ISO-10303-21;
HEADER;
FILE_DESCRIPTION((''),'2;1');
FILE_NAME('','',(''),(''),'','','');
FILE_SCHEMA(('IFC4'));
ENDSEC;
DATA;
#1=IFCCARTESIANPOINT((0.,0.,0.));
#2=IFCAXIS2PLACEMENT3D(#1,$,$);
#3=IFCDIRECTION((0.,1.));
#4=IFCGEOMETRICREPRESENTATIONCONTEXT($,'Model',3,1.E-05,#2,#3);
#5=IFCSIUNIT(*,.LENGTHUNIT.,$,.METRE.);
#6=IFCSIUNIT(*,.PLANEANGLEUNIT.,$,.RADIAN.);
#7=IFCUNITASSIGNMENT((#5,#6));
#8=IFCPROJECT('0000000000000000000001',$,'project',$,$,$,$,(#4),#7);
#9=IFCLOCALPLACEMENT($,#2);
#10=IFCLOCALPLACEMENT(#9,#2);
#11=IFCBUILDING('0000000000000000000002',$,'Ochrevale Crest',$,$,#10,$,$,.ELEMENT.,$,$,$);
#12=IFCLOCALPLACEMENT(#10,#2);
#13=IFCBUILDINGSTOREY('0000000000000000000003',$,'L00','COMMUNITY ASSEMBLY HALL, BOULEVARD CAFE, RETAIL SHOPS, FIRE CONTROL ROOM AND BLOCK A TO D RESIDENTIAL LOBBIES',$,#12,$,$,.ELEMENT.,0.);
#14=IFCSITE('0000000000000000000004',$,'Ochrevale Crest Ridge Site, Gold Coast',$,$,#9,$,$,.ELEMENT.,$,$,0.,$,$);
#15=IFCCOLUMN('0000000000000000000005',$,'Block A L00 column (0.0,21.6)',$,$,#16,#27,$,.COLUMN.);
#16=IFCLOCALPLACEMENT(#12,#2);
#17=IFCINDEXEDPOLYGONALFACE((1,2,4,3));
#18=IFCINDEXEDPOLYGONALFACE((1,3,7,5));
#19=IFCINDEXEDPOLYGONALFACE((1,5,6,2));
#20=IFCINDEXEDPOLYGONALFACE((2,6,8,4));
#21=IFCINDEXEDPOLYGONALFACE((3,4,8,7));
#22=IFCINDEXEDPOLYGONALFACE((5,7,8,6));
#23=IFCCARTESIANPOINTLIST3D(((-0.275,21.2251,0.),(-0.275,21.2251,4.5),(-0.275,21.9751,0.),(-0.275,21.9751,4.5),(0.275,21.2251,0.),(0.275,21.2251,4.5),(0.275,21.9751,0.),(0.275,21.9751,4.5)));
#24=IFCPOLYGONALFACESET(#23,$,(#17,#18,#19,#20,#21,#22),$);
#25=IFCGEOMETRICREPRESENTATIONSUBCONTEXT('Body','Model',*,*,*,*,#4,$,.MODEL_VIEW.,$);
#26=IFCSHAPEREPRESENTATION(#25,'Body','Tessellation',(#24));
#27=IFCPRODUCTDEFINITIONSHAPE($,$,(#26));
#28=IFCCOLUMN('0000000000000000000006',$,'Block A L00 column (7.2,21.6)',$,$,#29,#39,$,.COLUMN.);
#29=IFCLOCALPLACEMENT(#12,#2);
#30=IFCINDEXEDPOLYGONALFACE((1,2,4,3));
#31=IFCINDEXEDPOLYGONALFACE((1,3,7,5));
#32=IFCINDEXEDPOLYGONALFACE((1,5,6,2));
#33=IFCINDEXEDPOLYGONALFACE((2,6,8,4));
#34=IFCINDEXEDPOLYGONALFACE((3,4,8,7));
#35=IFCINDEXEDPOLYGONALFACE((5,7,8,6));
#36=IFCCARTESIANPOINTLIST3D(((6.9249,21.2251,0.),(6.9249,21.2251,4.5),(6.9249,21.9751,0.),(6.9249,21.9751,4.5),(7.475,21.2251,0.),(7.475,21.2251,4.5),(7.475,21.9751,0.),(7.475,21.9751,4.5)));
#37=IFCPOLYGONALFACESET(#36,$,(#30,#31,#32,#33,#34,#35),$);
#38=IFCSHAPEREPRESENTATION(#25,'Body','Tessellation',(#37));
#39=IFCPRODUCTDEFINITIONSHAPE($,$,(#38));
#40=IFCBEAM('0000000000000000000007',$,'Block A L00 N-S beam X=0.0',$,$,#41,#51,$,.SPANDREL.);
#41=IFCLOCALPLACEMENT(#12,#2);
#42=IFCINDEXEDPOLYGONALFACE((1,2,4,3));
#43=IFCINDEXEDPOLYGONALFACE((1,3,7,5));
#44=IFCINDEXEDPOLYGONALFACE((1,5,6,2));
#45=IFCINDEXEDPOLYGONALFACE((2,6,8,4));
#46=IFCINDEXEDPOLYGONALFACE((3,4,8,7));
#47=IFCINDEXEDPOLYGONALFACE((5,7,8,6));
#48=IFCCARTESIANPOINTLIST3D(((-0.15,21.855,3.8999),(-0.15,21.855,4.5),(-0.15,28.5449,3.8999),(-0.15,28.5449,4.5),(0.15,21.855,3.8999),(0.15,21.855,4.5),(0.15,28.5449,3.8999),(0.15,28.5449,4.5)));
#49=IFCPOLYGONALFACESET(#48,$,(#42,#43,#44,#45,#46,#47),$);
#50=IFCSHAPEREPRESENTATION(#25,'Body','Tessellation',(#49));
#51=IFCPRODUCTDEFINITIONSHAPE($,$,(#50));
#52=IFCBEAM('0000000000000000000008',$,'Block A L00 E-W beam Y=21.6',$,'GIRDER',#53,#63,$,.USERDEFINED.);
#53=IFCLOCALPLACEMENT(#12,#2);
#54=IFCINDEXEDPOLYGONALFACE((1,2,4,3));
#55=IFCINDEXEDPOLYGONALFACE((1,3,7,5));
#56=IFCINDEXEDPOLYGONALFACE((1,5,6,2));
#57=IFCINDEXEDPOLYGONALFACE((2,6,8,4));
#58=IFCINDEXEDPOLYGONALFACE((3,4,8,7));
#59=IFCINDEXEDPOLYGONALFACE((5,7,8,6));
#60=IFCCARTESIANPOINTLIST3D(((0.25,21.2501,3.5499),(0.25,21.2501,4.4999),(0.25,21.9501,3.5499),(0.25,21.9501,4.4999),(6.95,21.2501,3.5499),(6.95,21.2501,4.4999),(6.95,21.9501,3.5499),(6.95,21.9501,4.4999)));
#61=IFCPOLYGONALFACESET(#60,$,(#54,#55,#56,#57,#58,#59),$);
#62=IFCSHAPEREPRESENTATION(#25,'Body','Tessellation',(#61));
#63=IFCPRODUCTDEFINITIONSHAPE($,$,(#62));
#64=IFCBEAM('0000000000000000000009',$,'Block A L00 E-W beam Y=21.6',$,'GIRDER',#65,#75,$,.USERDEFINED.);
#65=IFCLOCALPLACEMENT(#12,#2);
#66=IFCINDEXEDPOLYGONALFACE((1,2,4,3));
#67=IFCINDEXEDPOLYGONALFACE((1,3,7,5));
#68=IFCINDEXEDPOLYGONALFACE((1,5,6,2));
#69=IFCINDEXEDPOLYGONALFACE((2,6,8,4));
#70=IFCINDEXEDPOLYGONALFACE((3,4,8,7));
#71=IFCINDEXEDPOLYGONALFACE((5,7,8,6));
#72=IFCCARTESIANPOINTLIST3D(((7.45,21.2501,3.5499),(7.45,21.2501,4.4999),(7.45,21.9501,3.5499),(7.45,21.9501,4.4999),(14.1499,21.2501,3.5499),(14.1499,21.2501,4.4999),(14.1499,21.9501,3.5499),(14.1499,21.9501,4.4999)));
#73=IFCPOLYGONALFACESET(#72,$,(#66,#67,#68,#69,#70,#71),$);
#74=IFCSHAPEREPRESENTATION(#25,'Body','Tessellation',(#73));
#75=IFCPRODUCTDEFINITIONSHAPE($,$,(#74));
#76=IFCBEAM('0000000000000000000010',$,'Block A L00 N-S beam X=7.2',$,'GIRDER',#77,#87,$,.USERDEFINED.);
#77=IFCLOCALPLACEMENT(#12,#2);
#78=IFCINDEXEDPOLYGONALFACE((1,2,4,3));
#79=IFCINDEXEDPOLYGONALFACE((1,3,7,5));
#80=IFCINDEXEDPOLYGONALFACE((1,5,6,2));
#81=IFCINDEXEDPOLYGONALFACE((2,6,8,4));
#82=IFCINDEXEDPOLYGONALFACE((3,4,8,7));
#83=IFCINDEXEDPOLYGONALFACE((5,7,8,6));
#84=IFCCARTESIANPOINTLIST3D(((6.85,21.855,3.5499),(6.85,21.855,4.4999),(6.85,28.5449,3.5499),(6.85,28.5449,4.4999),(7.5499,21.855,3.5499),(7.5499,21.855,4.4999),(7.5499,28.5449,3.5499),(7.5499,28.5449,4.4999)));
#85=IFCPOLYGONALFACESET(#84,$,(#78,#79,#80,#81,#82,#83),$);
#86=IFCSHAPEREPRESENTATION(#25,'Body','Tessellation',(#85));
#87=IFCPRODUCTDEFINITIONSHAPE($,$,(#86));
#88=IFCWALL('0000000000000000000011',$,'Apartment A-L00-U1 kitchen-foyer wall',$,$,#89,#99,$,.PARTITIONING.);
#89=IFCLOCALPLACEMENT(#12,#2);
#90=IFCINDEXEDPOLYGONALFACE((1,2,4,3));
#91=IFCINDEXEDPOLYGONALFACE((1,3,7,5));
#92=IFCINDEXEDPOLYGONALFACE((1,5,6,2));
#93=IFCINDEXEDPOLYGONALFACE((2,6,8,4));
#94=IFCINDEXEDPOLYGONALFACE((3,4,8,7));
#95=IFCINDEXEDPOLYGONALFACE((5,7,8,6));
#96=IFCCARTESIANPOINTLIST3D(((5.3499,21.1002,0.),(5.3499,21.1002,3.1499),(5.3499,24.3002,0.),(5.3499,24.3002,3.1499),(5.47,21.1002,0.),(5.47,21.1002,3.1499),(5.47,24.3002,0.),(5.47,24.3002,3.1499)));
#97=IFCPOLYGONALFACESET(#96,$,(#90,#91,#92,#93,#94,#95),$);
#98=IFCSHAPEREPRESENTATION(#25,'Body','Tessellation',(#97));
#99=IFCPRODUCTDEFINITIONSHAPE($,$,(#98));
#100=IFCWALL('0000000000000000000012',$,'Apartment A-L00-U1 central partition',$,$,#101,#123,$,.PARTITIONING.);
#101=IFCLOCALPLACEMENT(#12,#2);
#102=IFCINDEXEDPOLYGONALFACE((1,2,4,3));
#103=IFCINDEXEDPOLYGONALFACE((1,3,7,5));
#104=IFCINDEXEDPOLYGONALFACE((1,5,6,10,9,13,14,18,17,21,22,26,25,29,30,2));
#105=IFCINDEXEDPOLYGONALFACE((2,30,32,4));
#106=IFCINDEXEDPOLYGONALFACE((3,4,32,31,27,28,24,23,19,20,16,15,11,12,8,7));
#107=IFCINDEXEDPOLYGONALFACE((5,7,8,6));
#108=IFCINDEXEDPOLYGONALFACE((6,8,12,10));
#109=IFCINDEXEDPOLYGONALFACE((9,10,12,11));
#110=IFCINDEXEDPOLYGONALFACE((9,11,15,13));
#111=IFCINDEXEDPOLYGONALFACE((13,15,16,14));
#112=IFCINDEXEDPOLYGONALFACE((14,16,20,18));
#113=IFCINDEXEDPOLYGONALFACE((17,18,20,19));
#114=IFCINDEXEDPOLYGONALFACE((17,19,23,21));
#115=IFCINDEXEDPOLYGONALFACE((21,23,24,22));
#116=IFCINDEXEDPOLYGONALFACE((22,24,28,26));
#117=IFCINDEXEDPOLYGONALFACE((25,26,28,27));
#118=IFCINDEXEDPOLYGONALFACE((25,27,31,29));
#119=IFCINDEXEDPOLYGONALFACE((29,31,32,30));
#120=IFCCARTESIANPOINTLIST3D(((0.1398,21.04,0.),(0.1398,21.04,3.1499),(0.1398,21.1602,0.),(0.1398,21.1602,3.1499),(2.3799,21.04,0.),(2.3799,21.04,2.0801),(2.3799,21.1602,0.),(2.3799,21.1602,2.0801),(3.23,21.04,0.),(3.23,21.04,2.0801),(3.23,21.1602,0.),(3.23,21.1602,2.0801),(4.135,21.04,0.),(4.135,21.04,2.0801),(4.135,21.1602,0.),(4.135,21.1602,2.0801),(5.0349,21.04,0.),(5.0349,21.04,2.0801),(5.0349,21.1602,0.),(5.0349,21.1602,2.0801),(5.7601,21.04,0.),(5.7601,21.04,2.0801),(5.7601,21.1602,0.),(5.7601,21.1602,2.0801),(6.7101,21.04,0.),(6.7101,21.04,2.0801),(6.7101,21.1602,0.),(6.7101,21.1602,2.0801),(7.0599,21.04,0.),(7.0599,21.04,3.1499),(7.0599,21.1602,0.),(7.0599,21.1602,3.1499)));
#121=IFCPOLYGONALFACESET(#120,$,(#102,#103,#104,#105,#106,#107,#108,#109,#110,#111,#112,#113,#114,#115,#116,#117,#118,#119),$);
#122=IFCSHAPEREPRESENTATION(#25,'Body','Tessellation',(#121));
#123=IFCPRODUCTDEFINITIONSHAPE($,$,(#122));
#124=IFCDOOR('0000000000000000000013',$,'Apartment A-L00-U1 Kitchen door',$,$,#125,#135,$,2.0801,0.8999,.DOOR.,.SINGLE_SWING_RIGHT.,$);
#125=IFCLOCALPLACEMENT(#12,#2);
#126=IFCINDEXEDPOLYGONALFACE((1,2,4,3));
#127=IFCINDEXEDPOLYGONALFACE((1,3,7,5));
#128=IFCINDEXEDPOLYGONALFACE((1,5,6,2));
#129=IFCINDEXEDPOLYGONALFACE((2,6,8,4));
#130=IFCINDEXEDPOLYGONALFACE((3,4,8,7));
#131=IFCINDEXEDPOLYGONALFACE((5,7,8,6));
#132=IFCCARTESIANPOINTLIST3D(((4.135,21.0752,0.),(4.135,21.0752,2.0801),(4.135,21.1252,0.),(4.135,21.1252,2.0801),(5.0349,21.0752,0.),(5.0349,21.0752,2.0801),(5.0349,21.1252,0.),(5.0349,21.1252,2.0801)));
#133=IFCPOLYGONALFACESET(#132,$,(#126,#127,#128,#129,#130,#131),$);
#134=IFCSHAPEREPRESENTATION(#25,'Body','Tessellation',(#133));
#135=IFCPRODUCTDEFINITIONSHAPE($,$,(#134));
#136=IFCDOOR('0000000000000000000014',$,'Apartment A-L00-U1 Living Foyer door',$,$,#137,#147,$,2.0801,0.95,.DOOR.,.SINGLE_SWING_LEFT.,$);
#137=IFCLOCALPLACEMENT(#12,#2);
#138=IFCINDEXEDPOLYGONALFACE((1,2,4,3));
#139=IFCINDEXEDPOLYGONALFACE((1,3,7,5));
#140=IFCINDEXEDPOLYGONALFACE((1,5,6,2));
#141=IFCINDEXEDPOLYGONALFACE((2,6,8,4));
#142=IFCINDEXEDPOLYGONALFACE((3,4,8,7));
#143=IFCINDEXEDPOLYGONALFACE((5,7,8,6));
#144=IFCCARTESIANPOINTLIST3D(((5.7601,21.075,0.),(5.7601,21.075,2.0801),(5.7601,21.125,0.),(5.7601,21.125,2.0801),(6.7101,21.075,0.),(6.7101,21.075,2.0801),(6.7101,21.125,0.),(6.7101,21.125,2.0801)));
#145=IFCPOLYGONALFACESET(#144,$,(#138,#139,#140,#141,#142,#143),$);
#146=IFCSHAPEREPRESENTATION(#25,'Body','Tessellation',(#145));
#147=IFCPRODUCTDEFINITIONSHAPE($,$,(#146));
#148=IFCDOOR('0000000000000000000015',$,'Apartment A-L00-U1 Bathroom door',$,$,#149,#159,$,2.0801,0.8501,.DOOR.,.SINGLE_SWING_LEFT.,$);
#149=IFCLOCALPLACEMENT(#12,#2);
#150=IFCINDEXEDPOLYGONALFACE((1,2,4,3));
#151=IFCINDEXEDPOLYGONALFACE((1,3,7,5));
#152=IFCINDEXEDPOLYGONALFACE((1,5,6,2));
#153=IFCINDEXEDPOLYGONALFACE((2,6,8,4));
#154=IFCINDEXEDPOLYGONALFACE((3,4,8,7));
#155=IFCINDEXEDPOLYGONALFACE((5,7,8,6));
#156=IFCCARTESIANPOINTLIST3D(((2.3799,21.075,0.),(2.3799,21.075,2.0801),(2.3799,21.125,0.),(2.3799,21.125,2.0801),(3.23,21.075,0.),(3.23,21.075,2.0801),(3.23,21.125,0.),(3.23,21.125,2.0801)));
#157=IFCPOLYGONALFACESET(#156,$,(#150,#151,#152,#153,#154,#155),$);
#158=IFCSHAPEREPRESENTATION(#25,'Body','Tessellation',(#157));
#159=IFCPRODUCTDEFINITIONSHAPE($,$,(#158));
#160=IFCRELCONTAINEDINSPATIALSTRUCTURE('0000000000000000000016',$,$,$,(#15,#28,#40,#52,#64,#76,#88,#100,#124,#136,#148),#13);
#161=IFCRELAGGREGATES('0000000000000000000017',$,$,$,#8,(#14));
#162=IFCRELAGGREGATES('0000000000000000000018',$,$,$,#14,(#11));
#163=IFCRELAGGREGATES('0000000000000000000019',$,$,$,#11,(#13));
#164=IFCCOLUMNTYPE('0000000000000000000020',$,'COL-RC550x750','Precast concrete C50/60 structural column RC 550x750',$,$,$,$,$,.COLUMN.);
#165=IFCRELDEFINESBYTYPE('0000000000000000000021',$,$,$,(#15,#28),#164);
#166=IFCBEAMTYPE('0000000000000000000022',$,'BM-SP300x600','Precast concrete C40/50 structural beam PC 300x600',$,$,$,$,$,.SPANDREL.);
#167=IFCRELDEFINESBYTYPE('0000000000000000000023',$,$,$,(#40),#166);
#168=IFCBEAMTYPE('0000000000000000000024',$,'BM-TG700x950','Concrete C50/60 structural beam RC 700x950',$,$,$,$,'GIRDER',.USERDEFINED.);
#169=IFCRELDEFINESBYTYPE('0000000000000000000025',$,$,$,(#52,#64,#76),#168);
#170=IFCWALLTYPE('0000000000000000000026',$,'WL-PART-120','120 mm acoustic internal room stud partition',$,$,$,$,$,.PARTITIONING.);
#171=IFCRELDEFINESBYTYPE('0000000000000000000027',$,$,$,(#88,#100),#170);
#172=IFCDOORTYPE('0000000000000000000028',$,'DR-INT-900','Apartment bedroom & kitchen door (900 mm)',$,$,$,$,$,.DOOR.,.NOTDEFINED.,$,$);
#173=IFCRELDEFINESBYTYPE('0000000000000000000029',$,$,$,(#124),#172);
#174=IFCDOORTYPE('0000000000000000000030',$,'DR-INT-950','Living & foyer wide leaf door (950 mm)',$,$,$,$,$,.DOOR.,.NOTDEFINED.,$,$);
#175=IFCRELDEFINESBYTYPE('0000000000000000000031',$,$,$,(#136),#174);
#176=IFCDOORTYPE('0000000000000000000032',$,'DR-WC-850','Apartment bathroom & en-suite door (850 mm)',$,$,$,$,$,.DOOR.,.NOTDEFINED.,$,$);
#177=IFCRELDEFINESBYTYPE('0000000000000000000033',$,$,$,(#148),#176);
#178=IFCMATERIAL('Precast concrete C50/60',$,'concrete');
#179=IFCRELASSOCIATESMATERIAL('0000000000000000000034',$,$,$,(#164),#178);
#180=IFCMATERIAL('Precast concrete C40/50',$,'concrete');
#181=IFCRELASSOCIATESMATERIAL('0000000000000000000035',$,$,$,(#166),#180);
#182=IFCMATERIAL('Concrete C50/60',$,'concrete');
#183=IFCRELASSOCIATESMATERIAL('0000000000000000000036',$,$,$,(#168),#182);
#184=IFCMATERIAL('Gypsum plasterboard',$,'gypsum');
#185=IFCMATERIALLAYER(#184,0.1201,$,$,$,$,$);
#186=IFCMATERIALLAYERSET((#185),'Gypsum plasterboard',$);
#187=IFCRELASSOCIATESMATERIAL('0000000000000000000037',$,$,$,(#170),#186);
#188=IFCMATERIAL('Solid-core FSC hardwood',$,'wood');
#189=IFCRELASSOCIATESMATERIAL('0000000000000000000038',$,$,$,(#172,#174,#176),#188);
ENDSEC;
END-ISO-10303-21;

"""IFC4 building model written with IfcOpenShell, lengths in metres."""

from ifc_helpers import new_model, si_unit, direction, frame, frame_2d, origin, origin_2d, place, context, subcontext, project, spatial, rectangle, extrude, material, layer, layer_set, material_profile, profile_set, type_object, element, fill, save


model = new_model("IFC4")

# Units and contexts
model_context = context("Model", 3, precision=1e-05, world=origin(), true_north=direction((0.0, 1.0)))
body_context = subcontext(model_context, "Body", "Model", "MODEL_VIEW")
ifc_project = project(units=[si_unit("LENGTHUNIT", "METRE"), si_unit("PLANEANGLEUNIT", "RADIAN")], contexts=[model_context])

# Site, building, storey
site_placement = place(None, origin())
site = spatial("IfcSite", under=ifc_project, at=site_placement, Name="Ochrevale Crest Ridge Site, Gold Coast", CompositionType="ELEMENT", RefElevation=0.0)
building_placement = place(site_placement, origin())
building = spatial("IfcBuilding", under=site, at=building_placement, Name="Ochrevale Crest", CompositionType="ELEMENT")
storey_placement = place(building_placement, origin())
storey = spatial("IfcBuildingStorey", under=building, at=storey_placement, Name="L00", Description="COMMUNITY ASSEMBLY HALL, BOULEVARD CAFE, RETAIL SHOPS, FIRE CONTROL ROOM AND BLOCK A TO D RESIDENTIAL LOBBIES", CompositionType="ELEMENT", Elevation=0.0)

# Columns
ifc_material_1 = material(Name="Precast concrete C50/60", Category="concrete")
ifc_material_profile_1 = material_profile(ifc_material_1, rectangle(XDim=0.55, YDim=0.75, at=origin_2d()), Name="RC 550x750")
ifc_profile_set_1 = profile_set([ifc_material_profile_1], Name="Precast concrete C50/60")
column_type = type_object("IfcColumnType", Name="COL-RC550x750", Description="Precast concrete C50/60 structural column RC 550x750", PredefinedType="COLUMN", material=ifc_profile_set_1)
for number, where, z_axis, x_axis, name in (
    (1, (0.0, 21.6001, 0.0), (0.0, 0.0, 1.0), (1.0, 0.0, 0.0), "Block A L00 column (0.0,21.6)"),
    (2, (7.2, 21.6001, 0.0), (0.0, 0.0, 1.0), (1.0, 0.0, 0.0), "Block A L00 column (7.2,21.6)"),
):
    element("IfcColumn", number, at=place(storey_placement, frame(where, z_axis=z_axis, x_axis=x_axis)), inside=storey, type_object=column_type, Name=name, PredefinedType="COLUMN", context=body_context, shape_type="SweptSolid", body=[
        extrude(rectangle(XDim=0.55, YDim=0.75, at=origin_2d()), origin(), (0.0, 0.0, 1.0), 4.5),
    ])

# Beams
ifc_material_2 = material(Name="Precast concrete C40/50", Category="concrete")
ifc_material_profile_2 = material_profile(ifc_material_2, rectangle(XDim=0.3, YDim=0.6001, at=origin_2d()), Name="PC 300x600")
ifc_profile_set_2 = profile_set([ifc_material_profile_2], Name="Precast concrete C40/50")
beam_type_1 = type_object("IfcBeamType", Name="BM-SP300x600", Description="Precast concrete C40/50 structural beam PC 300x600", PredefinedType="SPANDREL", material=ifc_profile_set_2)
beam_1_placement = place(storey_placement, frame((0.0, 21.855, 4.2), z_axis=(0.0, 1.0, 0.0), x_axis=(-1.0, 0.0, 0.0)))
element("IfcBeam", 3, at=beam_1_placement, inside=storey, type_object=beam_type_1, Name="Block A L00 N-S beam X=0.0", PredefinedType="SPANDREL", context=body_context, shape_type="SweptSolid", body=[
    extrude(rectangle(XDim=0.3, YDim=0.6001, at=origin_2d()), origin(), (0.0, 0.0, 1.0), 6.6899),
])
ifc_material_3 = material(Name="Concrete C50/60", Category="concrete")
ifc_material_profile_3 = material_profile(ifc_material_3, rectangle(XDim=0.7, YDim=0.95, at=origin_2d()), Name="RC 700x950")
ifc_profile_set_3 = profile_set([ifc_material_profile_3], Name="Concrete C50/60")
beam_type_2 = type_object("IfcBeamType", Name="BM-TG700x950", Description="Concrete C50/60 structural beam RC 700x950", ElementType="GIRDER", PredefinedType="USERDEFINED", material=ifc_profile_set_3)
for number, where, z_axis, x_axis, name in (
    (4, (0.25, 21.6001, 4.0249), (1.0, 0.0, 0.0), (0.0, 1.0, 0.0), "Block A L00 E-W beam Y=21.6"),
    (5, (7.45, 21.6001, 4.0249), (1.0, 0.0, 0.0), (0.0, 1.0, 0.0), "Block A L00 E-W beam Y=21.6"),
):
    element("IfcBeam", number, at=place(storey_placement, frame(where, z_axis=z_axis, x_axis=x_axis)), inside=storey, type_object=beam_type_2, Name=name, ObjectType="GIRDER", PredefinedType="USERDEFINED", context=body_context, shape_type="SweptSolid", body=[
        extrude(rectangle(XDim=0.7, YDim=0.95, at=origin_2d()), origin(), (0.0, 0.0, 1.0), 6.7),
    ])
beam_2_placement = place(storey_placement, frame((7.2, 21.855, 4.0249), z_axis=(0.0, 1.0, 0.0), x_axis=(-1.0, 0.0, 0.0)))
element("IfcBeam", 6, at=beam_2_placement, inside=storey, type_object=beam_type_2, Name="Block A L00 N-S beam X=7.2", ObjectType="GIRDER", PredefinedType="USERDEFINED", context=body_context, shape_type="SweptSolid", body=[
    extrude(rectangle(XDim=0.7, YDim=0.95, at=origin_2d()), origin(), (0.0, 0.0, 1.0), 6.6899),
])

# Wall
ifc_material_4 = material(Name="Gypsum plasterboard", Category="gypsum")
ifc_layer_1 = layer(ifc_material_4, 0.1201)
ifc_layer_set_1 = layer_set([ifc_layer_1], Name="Gypsum plasterboard")
wall_type_1 = type_object("IfcWallType", Name="WL-PART-120", Description="120 mm acoustic internal room stud partition", PredefinedType="PARTITIONING", material=ifc_layer_set_1)
wall_1_placement = place(storey_placement, frame((5.4099, 21.1001, 0.0), z_axis=(0.0, 0.0, 1.0), x_axis=(0.0, 1.0, 0.0)))
element("IfcWall", 7, at=wall_1_placement, inside=storey, type_object=wall_type_1, Name="Apartment A-L00-U1 kitchen-foyer wall", PredefinedType="PARTITIONING", context=body_context, shape_type="SweptSolid", body=[
    extrude(rectangle(XDim=3.2, YDim=0.1201, at=frame_2d((1.6001, 0.0))), origin(), (0.0, 0.0, 1.0), 3.1499),
])

# Wall, openings, doors
wall_2_placement = place(storey_placement, frame((0.1399, 21.1001, 0.0), z_axis=(0.0, 0.0, 1.0), x_axis=(1.0, 0.0, 0.0)))
wall_2 = element("IfcWall", 8, at=wall_2_placement, inside=storey, type_object=wall_type_1, Name="Apartment A-L00-U1 central partition", PredefinedType="PARTITIONING", context=body_context, shape_type="SweptSolid", body=[
    extrude(rectangle(XDim=6.9202, YDim=0.1201, at=frame_2d((3.46, 0.0))), origin(), (0.0, 0.0, 1.0), 3.1499),
])
opening_1_placement = place(wall_2_placement, frame((2.24, 0.0, 0.0)))
opening_1 = element("IfcOpeningElement", 9, at=opening_1_placement, cuts=wall_2, PredefinedType="OPENING", context=body_context, shape_type="SweptSolid", body=[
    extrude(rectangle(XDim=0.8501, YDim=2.0801, at=frame_2d((0.425, 1.04))), frame((0.0, 0.0701, 0.0), z_axis=(0.0, -1.0, 0.0), x_axis=(1.0, 0.0, 0.0)), (0.0, 0.0, 1.0), 0.1401),
])
opening_2_placement = place(wall_2_placement, frame((4.895, 0.0, 0.0), z_axis=(0.0, 0.0, 1.0), x_axis=(-1.0, 0.0, 0.0)))
opening_2 = element("IfcOpeningElement", 10, at=opening_2_placement, cuts=wall_2, PredefinedType="OPENING", context=body_context, shape_type="SweptSolid", body=[
    extrude(rectangle(XDim=0.8999, YDim=2.0801, at=frame_2d((0.45, 1.04))), frame((0.0, 0.0701, 0.0), z_axis=(0.0, -1.0, 0.0), x_axis=(1.0, 0.0, 0.0)), (0.0, 0.0, 1.0), 0.1401),
])
opening_3_placement = place(wall_2_placement, frame((5.6201, 0.0, 0.0)))
opening_3 = element("IfcOpeningElement", 11, at=opening_3_placement, cuts=wall_2, PredefinedType="OPENING", context=body_context, shape_type="SweptSolid", body=[
    extrude(rectangle(XDim=0.95, YDim=2.0801, at=frame_2d((0.4751, 1.04))), frame((0.0, 0.0701, 0.0), z_axis=(0.0, -1.0, 0.0), x_axis=(1.0, 0.0, 0.0)), (0.0, 0.0, 1.0), 0.1401),
])
ifc_material_5 = material(Name="Solid-core FSC hardwood", Category="wood")
door_type_1 = type_object("IfcDoorType", Name="DR-INT-900", Description="Apartment bedroom & kitchen door (900 mm)", OperationType="NOTDEFINED", PredefinedType="DOOR", material=ifc_material_5)
door_1_placement = place(opening_2_placement, origin())
door_1 = element("IfcDoor", 12, at=door_1_placement, inside=storey, type_object=door_type_1, Name="Apartment A-L00-U1 Kitchen door", OperationType="SINGLE_SWING_RIGHT", OverallHeight=2.0801, OverallWidth=0.8999, PredefinedType="DOOR", context=body_context, shape_type="SweptSolid", body=[
    extrude(rectangle(XDim=0.8999, YDim=2.0801, at=frame_2d((0.45, 1.04))), frame((0.0, 0.0249, 0.0), z_axis=(0.0, -1.0, 0.0), x_axis=(1.0, 0.0, 0.0)), (0.0, 0.0, 1.0), 0.05),
])
fill(opening_2, door_1)
door_type_2 = type_object("IfcDoorType", Name="DR-INT-950", Description="Living & foyer wide leaf door (950 mm)", OperationType="NOTDEFINED", PredefinedType="DOOR", material=ifc_material_5)
door_2_placement = place(opening_3_placement, origin())
door_2 = element("IfcDoor", 13, at=door_2_placement, inside=storey, type_object=door_type_2, Name="Apartment A-L00-U1 Living Foyer door", OperationType="SINGLE_SWING_LEFT", OverallHeight=2.0801, OverallWidth=0.95, PredefinedType="DOOR", context=body_context, shape_type="SweptSolid", body=[
    extrude(rectangle(XDim=0.95, YDim=2.0801, at=frame_2d((0.4751, 1.04))), frame((0.0, 0.0249, 0.0), z_axis=(0.0, -1.0, 0.0), x_axis=(1.0, 0.0, 0.0)), (0.0, 0.0, 1.0), 0.05),
])
fill(opening_3, door_2)
door_type_3 = type_object("IfcDoorType", Name="DR-WC-850", Description="Apartment bathroom & en-suite door (850 mm)", OperationType="NOTDEFINED", PredefinedType="DOOR", material=ifc_material_5)
door_3_placement = place(opening_1_placement, origin())
door_3 = element("IfcDoor", 14, at=door_3_placement, inside=storey, type_object=door_type_3, Name="Apartment A-L00-U1 Bathroom door", OperationType="SINGLE_SWING_LEFT", OverallHeight=2.0801, OverallWidth=0.8501, PredefinedType="DOOR", context=body_context, shape_type="SweptSolid", body=[
    extrude(rectangle(XDim=0.8501, YDim=2.0801, at=frame_2d((0.425, 1.04))), frame((0.0, 0.0249, 0.0), z_axis=(0.0, -1.0, 0.0), x_axis=(1.0, 0.0, 0.0)), (0.0, 0.0, 1.0), 0.05),
])
fill(opening_1, door_3)

save(model, "model.ifc")
